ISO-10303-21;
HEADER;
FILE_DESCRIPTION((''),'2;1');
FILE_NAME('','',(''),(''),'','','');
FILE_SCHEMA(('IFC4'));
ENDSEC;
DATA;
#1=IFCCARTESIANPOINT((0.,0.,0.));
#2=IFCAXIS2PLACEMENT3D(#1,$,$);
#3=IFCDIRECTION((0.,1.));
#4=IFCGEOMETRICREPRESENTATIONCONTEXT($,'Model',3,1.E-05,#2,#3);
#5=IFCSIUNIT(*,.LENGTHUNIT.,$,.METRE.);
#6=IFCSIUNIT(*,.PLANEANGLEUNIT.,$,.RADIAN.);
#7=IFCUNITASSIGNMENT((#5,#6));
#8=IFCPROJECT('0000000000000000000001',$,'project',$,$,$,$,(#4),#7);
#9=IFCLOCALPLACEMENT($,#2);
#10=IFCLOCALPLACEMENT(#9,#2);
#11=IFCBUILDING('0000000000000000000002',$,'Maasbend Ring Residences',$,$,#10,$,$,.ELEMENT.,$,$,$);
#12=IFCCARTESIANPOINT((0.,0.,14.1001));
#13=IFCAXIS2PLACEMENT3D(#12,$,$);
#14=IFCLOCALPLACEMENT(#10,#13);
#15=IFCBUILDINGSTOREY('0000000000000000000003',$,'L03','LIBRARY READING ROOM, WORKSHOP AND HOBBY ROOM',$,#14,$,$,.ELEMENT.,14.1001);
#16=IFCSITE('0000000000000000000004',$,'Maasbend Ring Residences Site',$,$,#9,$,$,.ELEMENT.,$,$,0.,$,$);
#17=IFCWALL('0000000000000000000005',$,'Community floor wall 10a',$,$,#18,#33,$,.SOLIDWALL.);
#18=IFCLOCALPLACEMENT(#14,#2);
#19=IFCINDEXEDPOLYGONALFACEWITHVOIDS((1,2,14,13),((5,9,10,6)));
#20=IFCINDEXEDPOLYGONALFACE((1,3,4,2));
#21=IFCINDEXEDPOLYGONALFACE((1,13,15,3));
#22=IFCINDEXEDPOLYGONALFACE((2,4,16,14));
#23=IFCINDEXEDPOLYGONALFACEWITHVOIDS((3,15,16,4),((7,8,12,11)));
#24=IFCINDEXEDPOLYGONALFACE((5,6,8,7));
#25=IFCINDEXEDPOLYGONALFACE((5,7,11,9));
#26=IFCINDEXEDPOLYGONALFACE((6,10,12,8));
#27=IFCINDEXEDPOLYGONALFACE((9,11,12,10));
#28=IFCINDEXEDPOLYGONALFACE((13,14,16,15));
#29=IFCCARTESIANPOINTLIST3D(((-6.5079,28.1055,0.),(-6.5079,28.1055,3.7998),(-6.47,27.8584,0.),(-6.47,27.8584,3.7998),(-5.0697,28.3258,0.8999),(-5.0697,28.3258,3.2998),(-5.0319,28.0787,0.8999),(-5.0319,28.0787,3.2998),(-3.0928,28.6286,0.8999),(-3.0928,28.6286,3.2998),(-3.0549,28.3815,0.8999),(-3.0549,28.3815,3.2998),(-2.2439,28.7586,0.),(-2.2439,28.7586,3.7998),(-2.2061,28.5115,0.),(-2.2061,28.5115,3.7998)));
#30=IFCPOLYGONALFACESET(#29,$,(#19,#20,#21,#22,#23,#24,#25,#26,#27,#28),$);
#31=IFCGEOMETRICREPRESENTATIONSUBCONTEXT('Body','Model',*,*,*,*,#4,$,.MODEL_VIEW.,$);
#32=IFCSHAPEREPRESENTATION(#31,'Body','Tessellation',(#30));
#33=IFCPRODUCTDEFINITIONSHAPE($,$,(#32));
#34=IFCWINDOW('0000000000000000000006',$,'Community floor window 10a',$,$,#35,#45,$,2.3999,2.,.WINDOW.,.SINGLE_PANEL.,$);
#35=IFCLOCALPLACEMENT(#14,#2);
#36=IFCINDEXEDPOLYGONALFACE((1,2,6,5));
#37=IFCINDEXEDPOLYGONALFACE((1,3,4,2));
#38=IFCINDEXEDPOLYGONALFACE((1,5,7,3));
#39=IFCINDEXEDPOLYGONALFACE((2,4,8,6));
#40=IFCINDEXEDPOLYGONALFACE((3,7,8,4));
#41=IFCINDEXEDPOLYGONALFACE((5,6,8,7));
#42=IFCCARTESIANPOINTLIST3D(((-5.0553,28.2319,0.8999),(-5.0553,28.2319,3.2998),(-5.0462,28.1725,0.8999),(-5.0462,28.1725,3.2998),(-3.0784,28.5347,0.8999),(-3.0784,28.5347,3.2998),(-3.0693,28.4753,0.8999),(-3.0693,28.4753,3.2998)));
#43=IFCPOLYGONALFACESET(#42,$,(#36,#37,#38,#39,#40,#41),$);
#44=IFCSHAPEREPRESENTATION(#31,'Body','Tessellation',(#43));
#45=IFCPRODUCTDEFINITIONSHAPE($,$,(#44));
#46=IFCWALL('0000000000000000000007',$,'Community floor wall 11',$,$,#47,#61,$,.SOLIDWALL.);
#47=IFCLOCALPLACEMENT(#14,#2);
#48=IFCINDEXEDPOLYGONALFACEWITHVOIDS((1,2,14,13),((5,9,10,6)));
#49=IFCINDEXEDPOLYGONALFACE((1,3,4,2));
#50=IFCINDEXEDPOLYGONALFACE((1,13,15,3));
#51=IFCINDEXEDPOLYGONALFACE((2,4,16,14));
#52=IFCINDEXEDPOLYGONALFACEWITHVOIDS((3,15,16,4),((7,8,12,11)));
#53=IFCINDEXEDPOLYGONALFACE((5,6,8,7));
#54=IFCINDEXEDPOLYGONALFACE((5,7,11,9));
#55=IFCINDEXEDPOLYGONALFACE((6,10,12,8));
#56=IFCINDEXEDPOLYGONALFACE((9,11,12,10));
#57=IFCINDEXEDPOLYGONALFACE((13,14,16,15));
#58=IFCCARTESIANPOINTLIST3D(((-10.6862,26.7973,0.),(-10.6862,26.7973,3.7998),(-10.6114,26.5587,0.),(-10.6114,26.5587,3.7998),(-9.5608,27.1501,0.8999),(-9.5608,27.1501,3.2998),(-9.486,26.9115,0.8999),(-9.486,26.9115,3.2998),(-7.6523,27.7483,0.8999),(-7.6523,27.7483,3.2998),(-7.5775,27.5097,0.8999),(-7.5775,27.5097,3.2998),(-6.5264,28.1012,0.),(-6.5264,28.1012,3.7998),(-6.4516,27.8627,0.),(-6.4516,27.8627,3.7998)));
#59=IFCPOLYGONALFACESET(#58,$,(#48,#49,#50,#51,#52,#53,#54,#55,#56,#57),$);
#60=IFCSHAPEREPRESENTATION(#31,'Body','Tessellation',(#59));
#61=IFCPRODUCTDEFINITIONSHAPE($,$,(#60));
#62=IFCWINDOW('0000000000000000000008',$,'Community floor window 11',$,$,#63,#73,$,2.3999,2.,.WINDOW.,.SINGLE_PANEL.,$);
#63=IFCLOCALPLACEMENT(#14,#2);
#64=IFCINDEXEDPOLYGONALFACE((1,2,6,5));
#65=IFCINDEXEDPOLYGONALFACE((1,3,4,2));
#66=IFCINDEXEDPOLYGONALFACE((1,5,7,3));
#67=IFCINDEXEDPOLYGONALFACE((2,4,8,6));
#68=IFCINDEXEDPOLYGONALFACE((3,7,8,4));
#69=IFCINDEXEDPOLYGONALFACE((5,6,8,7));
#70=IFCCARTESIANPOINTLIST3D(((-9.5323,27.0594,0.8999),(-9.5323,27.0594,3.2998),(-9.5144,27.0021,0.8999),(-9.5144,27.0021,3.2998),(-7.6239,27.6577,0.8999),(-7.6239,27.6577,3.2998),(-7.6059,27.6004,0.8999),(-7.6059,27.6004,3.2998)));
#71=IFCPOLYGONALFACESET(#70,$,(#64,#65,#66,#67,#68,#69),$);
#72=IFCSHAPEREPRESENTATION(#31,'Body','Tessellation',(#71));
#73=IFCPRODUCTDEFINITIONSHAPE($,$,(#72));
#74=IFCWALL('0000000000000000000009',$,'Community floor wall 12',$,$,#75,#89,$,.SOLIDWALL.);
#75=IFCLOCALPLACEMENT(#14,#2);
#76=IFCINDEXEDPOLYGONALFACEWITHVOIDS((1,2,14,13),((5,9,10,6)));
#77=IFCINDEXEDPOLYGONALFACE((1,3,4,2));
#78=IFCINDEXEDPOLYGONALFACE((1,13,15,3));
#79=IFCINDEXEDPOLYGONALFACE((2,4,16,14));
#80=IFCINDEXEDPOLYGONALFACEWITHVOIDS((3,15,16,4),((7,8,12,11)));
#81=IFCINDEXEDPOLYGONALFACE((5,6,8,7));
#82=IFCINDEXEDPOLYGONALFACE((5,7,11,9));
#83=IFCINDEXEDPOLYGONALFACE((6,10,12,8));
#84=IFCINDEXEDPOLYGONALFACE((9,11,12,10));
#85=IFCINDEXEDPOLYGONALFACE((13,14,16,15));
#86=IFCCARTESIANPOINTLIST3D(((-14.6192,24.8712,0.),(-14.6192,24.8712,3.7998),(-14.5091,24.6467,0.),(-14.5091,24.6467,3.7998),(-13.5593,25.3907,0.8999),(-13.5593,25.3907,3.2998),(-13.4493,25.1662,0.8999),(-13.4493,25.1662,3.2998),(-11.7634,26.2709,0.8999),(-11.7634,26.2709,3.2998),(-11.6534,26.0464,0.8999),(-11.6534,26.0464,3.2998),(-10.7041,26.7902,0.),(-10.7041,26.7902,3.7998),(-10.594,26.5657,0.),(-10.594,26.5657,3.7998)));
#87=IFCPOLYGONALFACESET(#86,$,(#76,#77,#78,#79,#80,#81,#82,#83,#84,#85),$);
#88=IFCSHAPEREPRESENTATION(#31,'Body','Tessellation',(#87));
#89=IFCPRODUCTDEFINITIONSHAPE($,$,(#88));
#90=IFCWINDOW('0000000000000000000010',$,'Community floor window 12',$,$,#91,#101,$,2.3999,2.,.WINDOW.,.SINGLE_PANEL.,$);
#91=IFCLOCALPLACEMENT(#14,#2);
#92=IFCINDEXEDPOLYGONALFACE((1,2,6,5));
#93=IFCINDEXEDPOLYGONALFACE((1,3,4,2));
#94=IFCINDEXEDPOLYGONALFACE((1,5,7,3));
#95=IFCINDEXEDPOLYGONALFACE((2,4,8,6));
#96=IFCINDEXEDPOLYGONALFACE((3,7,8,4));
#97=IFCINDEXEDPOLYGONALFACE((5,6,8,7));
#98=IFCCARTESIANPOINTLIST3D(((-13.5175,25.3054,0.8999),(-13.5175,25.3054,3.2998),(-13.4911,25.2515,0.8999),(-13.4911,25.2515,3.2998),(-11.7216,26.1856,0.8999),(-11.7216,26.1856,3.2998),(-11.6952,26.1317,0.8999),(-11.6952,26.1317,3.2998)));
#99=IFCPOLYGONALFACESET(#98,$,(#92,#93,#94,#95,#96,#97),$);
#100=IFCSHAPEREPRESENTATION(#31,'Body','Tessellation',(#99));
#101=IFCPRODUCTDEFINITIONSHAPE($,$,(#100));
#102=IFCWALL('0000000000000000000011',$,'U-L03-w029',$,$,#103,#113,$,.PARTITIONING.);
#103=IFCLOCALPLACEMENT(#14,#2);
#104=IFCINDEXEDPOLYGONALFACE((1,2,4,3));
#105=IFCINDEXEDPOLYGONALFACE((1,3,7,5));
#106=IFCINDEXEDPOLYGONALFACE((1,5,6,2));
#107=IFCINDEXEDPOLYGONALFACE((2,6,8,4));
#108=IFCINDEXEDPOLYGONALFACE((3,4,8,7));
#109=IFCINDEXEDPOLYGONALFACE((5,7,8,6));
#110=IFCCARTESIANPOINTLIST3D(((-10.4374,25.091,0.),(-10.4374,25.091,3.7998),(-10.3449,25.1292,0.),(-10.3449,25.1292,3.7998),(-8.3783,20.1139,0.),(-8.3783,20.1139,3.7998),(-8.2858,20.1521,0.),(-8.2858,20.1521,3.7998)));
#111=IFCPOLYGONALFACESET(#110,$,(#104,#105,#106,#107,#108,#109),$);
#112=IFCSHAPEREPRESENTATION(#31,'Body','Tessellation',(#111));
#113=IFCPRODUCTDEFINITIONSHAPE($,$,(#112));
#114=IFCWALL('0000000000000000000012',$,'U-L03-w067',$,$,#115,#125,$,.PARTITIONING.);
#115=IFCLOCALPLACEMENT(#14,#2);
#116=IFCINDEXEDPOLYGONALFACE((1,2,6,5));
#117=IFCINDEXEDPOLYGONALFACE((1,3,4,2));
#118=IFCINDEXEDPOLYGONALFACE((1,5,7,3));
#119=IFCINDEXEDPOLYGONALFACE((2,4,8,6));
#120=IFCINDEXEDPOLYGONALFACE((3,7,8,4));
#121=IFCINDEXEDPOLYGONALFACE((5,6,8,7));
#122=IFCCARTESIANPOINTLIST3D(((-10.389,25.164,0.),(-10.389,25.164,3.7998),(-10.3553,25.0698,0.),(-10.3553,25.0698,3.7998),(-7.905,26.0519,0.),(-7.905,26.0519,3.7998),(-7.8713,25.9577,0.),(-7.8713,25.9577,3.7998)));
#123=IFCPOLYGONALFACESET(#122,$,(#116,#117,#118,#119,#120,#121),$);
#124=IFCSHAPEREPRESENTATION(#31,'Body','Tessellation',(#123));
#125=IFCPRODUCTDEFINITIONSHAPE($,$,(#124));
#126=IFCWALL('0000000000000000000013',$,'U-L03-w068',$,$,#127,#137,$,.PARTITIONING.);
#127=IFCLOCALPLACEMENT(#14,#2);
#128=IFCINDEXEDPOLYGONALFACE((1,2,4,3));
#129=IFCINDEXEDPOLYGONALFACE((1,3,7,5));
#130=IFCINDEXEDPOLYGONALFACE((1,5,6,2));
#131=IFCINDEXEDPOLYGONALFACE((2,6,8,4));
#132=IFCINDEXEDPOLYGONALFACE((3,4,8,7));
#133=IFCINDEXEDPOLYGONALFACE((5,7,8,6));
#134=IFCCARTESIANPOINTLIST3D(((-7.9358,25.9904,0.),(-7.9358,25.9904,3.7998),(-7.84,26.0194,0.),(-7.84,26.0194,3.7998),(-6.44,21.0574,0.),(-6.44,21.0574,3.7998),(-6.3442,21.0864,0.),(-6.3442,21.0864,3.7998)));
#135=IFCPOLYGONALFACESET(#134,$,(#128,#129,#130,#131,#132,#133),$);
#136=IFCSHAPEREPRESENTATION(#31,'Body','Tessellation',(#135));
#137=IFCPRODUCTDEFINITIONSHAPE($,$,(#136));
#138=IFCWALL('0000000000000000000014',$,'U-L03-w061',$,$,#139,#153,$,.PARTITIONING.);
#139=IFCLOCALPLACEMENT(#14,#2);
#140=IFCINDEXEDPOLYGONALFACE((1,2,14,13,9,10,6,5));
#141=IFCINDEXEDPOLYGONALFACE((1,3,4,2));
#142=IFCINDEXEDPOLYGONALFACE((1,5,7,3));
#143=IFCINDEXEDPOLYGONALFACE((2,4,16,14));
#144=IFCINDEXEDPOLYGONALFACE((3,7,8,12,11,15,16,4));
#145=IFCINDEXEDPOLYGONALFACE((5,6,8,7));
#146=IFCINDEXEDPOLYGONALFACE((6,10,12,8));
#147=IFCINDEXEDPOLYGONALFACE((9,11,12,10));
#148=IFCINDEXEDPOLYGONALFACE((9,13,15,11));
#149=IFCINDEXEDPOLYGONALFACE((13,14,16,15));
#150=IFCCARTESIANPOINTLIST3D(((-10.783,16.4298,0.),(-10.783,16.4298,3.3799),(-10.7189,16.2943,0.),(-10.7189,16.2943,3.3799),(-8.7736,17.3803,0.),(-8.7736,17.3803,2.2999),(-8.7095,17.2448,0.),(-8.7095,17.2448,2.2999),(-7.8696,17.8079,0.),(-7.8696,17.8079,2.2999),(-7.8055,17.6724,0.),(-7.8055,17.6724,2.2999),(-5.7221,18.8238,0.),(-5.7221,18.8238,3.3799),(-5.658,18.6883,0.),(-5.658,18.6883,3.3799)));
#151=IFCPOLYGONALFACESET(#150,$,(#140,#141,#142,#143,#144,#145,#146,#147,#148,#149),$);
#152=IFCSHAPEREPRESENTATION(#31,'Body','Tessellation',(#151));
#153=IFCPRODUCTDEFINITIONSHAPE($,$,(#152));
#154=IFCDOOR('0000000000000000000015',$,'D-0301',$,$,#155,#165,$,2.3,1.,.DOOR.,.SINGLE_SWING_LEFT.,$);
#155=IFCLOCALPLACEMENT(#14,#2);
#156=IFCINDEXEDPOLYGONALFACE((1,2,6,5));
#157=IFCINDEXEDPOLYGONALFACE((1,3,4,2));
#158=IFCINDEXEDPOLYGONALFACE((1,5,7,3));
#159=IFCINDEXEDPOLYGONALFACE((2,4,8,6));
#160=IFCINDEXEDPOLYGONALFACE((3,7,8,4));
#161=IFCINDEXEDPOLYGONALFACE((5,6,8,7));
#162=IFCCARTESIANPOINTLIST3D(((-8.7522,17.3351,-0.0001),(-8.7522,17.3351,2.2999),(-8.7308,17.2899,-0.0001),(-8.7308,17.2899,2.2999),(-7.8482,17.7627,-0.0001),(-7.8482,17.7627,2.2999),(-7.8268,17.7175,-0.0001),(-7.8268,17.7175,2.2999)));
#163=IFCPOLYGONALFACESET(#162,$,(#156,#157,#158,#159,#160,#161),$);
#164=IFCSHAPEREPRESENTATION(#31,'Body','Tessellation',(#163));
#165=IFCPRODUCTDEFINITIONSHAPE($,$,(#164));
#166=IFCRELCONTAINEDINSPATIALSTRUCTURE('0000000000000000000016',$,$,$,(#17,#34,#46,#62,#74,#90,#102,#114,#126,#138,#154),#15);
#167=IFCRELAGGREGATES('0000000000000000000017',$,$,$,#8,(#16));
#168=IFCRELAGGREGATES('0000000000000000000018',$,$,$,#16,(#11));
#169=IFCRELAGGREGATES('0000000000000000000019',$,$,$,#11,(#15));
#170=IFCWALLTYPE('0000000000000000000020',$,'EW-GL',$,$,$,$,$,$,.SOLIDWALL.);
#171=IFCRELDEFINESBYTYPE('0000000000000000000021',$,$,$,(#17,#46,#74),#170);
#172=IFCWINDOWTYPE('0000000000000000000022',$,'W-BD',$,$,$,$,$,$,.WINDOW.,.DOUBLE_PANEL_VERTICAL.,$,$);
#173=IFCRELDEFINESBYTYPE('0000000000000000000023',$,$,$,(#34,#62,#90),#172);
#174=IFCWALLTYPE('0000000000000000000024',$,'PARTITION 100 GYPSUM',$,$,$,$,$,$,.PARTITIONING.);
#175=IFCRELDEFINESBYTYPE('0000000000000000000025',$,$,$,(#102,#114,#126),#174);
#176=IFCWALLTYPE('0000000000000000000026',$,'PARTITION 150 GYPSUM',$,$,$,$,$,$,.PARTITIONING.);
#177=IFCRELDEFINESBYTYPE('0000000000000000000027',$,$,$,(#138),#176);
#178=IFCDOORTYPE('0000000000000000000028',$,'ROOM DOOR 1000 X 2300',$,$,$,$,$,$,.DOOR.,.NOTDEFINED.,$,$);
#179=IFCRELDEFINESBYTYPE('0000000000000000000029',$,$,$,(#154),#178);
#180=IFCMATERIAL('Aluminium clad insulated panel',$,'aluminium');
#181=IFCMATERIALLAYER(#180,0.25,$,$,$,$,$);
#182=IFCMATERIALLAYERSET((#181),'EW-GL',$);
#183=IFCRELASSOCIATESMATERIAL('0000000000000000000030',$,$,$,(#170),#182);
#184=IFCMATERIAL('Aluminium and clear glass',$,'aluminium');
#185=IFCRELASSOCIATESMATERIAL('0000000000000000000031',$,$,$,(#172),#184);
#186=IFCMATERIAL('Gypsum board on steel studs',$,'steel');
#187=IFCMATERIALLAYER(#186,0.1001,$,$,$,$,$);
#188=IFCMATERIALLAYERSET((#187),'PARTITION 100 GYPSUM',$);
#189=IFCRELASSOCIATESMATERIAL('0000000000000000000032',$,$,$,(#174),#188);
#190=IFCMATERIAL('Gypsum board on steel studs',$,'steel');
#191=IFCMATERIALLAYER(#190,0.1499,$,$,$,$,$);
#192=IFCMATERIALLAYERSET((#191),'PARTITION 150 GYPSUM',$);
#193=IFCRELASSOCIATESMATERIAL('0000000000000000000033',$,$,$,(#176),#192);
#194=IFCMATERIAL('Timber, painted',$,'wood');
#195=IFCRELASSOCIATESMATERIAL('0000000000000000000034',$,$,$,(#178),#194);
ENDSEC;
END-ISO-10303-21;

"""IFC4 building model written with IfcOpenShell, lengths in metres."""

from ifc_helpers import new_model, si_unit, direction, frame, frame_2d, origin, place, context, subcontext, project, spatial, rectangle, extrude, material, layer, layer_set, type_object, element, fill, save


model = new_model("IFC4")

# Units and contexts
model_context = context("Model", 3, precision=1e-05, world=origin(), true_north=direction((0.0, 1.0)))
body_context = subcontext(model_context, "Body", "Model", "MODEL_VIEW")
ifc_project = project(units=[si_unit("LENGTHUNIT", "METRE"), si_unit("PLANEANGLEUNIT", "RADIAN")], contexts=[model_context])

# Site, building, storey
site_placement = place(None, origin())
site = spatial("IfcSite", under=ifc_project, at=site_placement, Name="Maasbend Ring Residences Site", CompositionType="ELEMENT", RefElevation=0.0)
building_placement = place(site_placement, origin())
building = spatial("IfcBuilding", under=site, at=building_placement, Name="Maasbend Ring Residences", CompositionType="ELEMENT")
storey_placement = place(building_placement, frame((0.0, 0.0, 14.1001)))
storey = spatial("IfcBuildingStorey", under=building, at=storey_placement, Name="L03", Description="LIBRARY READING ROOM, WORKSHOP AND HOBBY ROOM", CompositionType="ELEMENT", Elevation=14.1001)

# Walls, openings, windows
ifc_material_1 = material(Name="Aluminium clad insulated panel", Category="aluminium")
ifc_layer_1 = layer(ifc_material_1, 0.25)
ifc_layer_set_1 = layer_set([ifc_layer_1], Name="EW-GL")
wall_type_1 = type_object("IfcWallType", Name="EW-GL", PredefinedType="SOLIDWALL", material=ifc_layer_set_1)
wall_1_placement = place(storey_placement, frame((-2.2251, 28.635, 0.0), z_axis=(0.0, 0.0, 1.0), x_axis=(-0.988473, -0.151398, 0.0)))
wall_1 = element("IfcWall", 1, at=wall_1_placement, inside=storey, type_object=wall_type_1, Name="Community floor wall 10a", PredefinedType="SOLIDWALL", context=body_context, shape_type="SweptSolid", body=[
    extrude(rectangle(XDim=4.3137, YDim=0.25, at=frame_2d((2.1567, 0.0))), origin(), (0.0, 0.0, 1.0), 3.7998),
])
opening_1_placement = place(wall_1_placement, frame((0.8586, 0.0, 0.8999)))
opening_1 = element("IfcOpeningElement", 2, at=opening_1_placement, cuts=wall_1, PredefinedType="OPENING", context=body_context, shape_type="SweptSolid", body=[
    extrude(rectangle(XDim=2.0, YDim=2.3999, at=frame_2d((1.0, 1.2))), frame((0.0, 0.135, 0.0), z_axis=(0.0, -1.0, 0.0), x_axis=(1.0, 0.0, 0.0)), (0.0, 0.0, 1.0), 0.27),
])
ifc_material_2 = material(Name="Aluminium and clear glass", Category="aluminium")
window_type = type_object("IfcWindowType", Name="W-BD", PartitioningType="DOUBLE_PANEL_VERTICAL", PredefinedType="WINDOW", material=ifc_material_2)
window_1_placement = place(opening_1_placement, origin())
window_1 = element("IfcWindow", 3, at=window_1_placement, inside=storey, type_object=window_type, Name="Community floor window 10a", OverallHeight=2.3999, OverallWidth=2.0, PartitioningType="SINGLE_PANEL", PredefinedType="WINDOW", context=body_context, shape_type="SweptSolid", body=[
    extrude(rectangle(XDim=2.0, YDim=2.3999, at=frame_2d((1.0, 1.2))), frame((0.0, 0.03, 0.0), z_axis=(0.0, -1.0, 0.0), x_axis=(1.0, 0.0, 0.0)), (0.0, 0.0, 1.0), 0.0601),
])
fill(opening_1, window_1)
wall_2_placement = place(storey_placement, frame((-6.489, 27.9819, 0.0), z_axis=(0.0, 0.0, 1.0), x_axis=(-0.95422, -0.299107, 0.0)))
wall_2 = element("IfcWall", 4, at=wall_2_placement, inside=storey, type_object=wall_type_1, Name="Community floor wall 11", PredefinedType="SOLIDWALL", context=body_context, shape_type="SweptSolid", body=[
    extrude(rectangle(XDim=4.3594, YDim=0.25, at=frame_2d((2.1797, 0.0))), origin(), (0.0, 0.0, 1.0), 3.7998),
])
opening_2_placement = place(wall_2_placement, frame((1.1799, 0.0, 0.8999)))
opening_2 = element("IfcOpeningElement", 5, at=opening_2_placement, cuts=wall_2, PredefinedType="OPENING", context=body_context, shape_type="SweptSolid", body=[
    extrude(rectangle(XDim=2.0, YDim=2.3999, at=frame_2d((1.0, 1.2))), frame((0.0, 0.135, 0.0), z_axis=(0.0, -1.0, 0.0), x_axis=(1.0, 0.0, 0.0)), (0.0, 0.0, 1.0), 0.27),
])
window_2_placement = place(opening_2_placement, origin())
window_2 = element("IfcWindow", 6, at=window_2_placement, inside=storey, type_object=window_type, Name="Community floor window 11", OverallHeight=2.3999, OverallWidth=2.0, PartitioningType="SINGLE_PANEL", PredefinedType="WINDOW", context=body_context, shape_type="SweptSolid", body=[
    extrude(rectangle(XDim=2.0, YDim=2.3999, at=frame_2d((1.0, 1.2))), frame((0.0, 0.03, 0.0), z_axis=(0.0, -1.0, 0.0), x_axis=(1.0, 0.0, 0.0)), (0.0, 0.0, 1.0), 0.0601),
])
fill(opening_2, window_2)
wall_3_placement = place(storey_placement, frame((-10.6489, 26.678, 0.0), z_axis=(0.0, 0.0, 1.0), x_axis=(-0.897938, -0.440122, 0.0)))
wall_3 = element("IfcWall", 7, at=wall_3_placement, inside=storey, type_object=wall_type_1, Name="Community floor wall 12", PredefinedType="SOLIDWALL", context=body_context, shape_type="SweptSolid", body=[
    extrude(rectangle(XDim=4.3601, YDim=0.25, at=frame_2d((2.1802, 0.0))), origin(), (0.0, 0.0, 1.0), 3.7998),
])
opening_3_placement = place(wall_3_placement, frame((1.1799, 0.0, 0.8999)))
opening_3 = element("IfcOpeningElement", 8, at=opening_3_placement, cuts=wall_3, PredefinedType="OPENING", context=body_context, shape_type="SweptSolid", body=[
    extrude(rectangle(XDim=2.0, YDim=2.3999, at=frame_2d((1.0, 1.2))), frame((0.0, 0.135, 0.0), z_axis=(0.0, -1.0, 0.0), x_axis=(1.0, 0.0, 0.0)), (0.0, 0.0, 1.0), 0.27),
])
window_3_placement = place(opening_3_placement, origin())
window_3 = element("IfcWindow", 9, at=window_3_placement, inside=storey, type_object=window_type, Name="Community floor window 12", OverallHeight=2.3999, OverallWidth=2.0, PartitioningType="SINGLE_PANEL", PredefinedType="WINDOW", context=body_context, shape_type="SweptSolid", body=[
    extrude(rectangle(XDim=2.0, YDim=2.3999, at=frame_2d((1.0, 1.2))), frame((0.0, 0.03, 0.0), z_axis=(0.0, -1.0, 0.0), x_axis=(1.0, 0.0, 0.0)), (0.0, 0.0, 1.0), 0.0601),
])
fill(opening_3, window_3)

# Walls
ifc_material_3 = material(Name="Gypsum board on steel studs", Category="steel")
ifc_layer_2 = layer(ifc_material_3, 0.1001)
ifc_layer_set_2 = layer_set([ifc_layer_2], Name="PARTITION 100 GYPSUM")
wall_type_2 = type_object("IfcWallType", Name="PARTITION 100 GYPSUM", PredefinedType="PARTITIONING", material=ifc_layer_set_2)
wall_4_placement = place(storey_placement, frame((-10.3911, 25.1101, 0.0), z_axis=(0.0, 0.0, 1.0), x_axis=(0.38229, -0.924042, 0.0)))
element("IfcWall", 10, at=wall_4_placement, inside=storey, type_object=wall_type_2, Name="U-L03-w029", PredefinedType="PARTITIONING", context=body_context, shape_type="SweptSolid", body=[
    extrude(rectangle(XDim=5.3862, YDim=0.1001, at=frame_2d((2.6931, 0.0))), origin(), (0.0, 0.0, 1.0), 3.7998),
])
wall_5_placement = place(storey_placement, frame((-10.3721, 25.1169, 0.0), z_axis=(0.0, 0.0, 1.0), x_axis=(0.941652, 0.336588, 0.0)))
element("IfcWall", 11, at=wall_5_placement, inside=storey, type_object=wall_type_2, Name="U-L03-w067", PredefinedType="PARTITIONING", context=body_context, shape_type="SweptSolid", body=[
    extrude(rectangle(XDim=2.6379, YDim=0.1001, at=frame_2d((1.3188, 0.0))), origin(), (0.0, 0.0, 1.0), 3.7998),
])
wall_6_placement = place(storey_placement, frame((-7.8879, 26.0049, 0.0), z_axis=(0.0, 0.0, 1.0), x_axis=(0.290193, -0.956968, 0.0)))
element("IfcWall", 12, at=wall_6_placement, inside=storey, type_object=wall_type_2, Name="U-L03-w068", PredefinedType="PARTITIONING", context=body_context, shape_type="SweptSolid", body=[
    extrude(rectangle(XDim=5.1548, YDim=0.1001, at=frame_2d((2.5774, 0.0))), origin(), (0.0, 0.0, 1.0), 3.7998),
])

# Wall, opening, door
ifc_material_4 = material(Name="Gypsum board on steel studs", Category="steel")
ifc_layer_3 = layer(ifc_material_4, 0.1499)
ifc_layer_set_3 = layer_set([ifc_layer_3], Name="PARTITION 150 GYPSUM")
wall_type_3 = type_object("IfcWallType", Name="PARTITION 150 GYPSUM", PredefinedType="PARTITIONING", material=ifc_layer_set_3)
wall_7_placement = place(storey_placement, frame((-10.751, 16.3621, 0.0), z_axis=(0.0, 0.0, 1.0), x_axis=(0.903965, 0.427606, 0.0)))
wall_7 = element("IfcWall", 13, at=wall_7_placement, inside=storey, type_object=wall_type_3, Name="U-L03-w061", PredefinedType="PARTITIONING", context=body_context, shape_type="SweptSolid", body=[
    extrude(rectangle(XDim=5.5986, YDim=0.1499, at=frame_2d((2.7993, 0.0))), origin(), (0.0, 0.0, 1.0), 3.3799),
])
opening_4_placement = place(wall_7_placement, frame((2.2229, 0.0, 0.0)))
opening_4 = element("IfcOpeningElement", 14, at=opening_4_placement, cuts=wall_7, PredefinedType="OPENING", context=body_context, shape_type="SweptSolid", body=[
    extrude(rectangle(XDim=1.0, YDim=2.3, at=frame_2d((0.5, 1.1499))), frame((0.0, 0.085, 0.0), z_axis=(0.0, -1.0, 0.0), x_axis=(1.0, 0.0, 0.0)), (0.0, 0.0, 1.0), 0.1699),
])
ifc_material_5 = material(Name="Timber, painted", Category="wood")
door_type_1 = type_object("IfcDoorType", Name="ROOM DOOR 1000 X 2300", OperationType="NOTDEFINED", PredefinedType="DOOR", material=ifc_material_5)
door_1_placement = place(opening_4_placement, origin())
door_1 = element("IfcDoor", 15, at=door_1_placement, inside=storey, type_object=door_type_1, Name="D-0301", OperationType="SINGLE_SWING_LEFT", OverallHeight=2.3, OverallWidth=1.0, PredefinedType="DOOR", context=body_context, shape_type="SweptSolid", body=[
    extrude(rectangle(XDim=1.0, YDim=2.3, at=frame_2d((0.5, 1.1499))), frame((0.0, 0.0249, 0.0), z_axis=(0.0, -1.0, 0.0), x_axis=(1.0, 0.0, 0.0)), (0.0, 0.0, 1.0), 0.05),
])
fill(opening_4, door_1)

save(model, "model.ifc")
